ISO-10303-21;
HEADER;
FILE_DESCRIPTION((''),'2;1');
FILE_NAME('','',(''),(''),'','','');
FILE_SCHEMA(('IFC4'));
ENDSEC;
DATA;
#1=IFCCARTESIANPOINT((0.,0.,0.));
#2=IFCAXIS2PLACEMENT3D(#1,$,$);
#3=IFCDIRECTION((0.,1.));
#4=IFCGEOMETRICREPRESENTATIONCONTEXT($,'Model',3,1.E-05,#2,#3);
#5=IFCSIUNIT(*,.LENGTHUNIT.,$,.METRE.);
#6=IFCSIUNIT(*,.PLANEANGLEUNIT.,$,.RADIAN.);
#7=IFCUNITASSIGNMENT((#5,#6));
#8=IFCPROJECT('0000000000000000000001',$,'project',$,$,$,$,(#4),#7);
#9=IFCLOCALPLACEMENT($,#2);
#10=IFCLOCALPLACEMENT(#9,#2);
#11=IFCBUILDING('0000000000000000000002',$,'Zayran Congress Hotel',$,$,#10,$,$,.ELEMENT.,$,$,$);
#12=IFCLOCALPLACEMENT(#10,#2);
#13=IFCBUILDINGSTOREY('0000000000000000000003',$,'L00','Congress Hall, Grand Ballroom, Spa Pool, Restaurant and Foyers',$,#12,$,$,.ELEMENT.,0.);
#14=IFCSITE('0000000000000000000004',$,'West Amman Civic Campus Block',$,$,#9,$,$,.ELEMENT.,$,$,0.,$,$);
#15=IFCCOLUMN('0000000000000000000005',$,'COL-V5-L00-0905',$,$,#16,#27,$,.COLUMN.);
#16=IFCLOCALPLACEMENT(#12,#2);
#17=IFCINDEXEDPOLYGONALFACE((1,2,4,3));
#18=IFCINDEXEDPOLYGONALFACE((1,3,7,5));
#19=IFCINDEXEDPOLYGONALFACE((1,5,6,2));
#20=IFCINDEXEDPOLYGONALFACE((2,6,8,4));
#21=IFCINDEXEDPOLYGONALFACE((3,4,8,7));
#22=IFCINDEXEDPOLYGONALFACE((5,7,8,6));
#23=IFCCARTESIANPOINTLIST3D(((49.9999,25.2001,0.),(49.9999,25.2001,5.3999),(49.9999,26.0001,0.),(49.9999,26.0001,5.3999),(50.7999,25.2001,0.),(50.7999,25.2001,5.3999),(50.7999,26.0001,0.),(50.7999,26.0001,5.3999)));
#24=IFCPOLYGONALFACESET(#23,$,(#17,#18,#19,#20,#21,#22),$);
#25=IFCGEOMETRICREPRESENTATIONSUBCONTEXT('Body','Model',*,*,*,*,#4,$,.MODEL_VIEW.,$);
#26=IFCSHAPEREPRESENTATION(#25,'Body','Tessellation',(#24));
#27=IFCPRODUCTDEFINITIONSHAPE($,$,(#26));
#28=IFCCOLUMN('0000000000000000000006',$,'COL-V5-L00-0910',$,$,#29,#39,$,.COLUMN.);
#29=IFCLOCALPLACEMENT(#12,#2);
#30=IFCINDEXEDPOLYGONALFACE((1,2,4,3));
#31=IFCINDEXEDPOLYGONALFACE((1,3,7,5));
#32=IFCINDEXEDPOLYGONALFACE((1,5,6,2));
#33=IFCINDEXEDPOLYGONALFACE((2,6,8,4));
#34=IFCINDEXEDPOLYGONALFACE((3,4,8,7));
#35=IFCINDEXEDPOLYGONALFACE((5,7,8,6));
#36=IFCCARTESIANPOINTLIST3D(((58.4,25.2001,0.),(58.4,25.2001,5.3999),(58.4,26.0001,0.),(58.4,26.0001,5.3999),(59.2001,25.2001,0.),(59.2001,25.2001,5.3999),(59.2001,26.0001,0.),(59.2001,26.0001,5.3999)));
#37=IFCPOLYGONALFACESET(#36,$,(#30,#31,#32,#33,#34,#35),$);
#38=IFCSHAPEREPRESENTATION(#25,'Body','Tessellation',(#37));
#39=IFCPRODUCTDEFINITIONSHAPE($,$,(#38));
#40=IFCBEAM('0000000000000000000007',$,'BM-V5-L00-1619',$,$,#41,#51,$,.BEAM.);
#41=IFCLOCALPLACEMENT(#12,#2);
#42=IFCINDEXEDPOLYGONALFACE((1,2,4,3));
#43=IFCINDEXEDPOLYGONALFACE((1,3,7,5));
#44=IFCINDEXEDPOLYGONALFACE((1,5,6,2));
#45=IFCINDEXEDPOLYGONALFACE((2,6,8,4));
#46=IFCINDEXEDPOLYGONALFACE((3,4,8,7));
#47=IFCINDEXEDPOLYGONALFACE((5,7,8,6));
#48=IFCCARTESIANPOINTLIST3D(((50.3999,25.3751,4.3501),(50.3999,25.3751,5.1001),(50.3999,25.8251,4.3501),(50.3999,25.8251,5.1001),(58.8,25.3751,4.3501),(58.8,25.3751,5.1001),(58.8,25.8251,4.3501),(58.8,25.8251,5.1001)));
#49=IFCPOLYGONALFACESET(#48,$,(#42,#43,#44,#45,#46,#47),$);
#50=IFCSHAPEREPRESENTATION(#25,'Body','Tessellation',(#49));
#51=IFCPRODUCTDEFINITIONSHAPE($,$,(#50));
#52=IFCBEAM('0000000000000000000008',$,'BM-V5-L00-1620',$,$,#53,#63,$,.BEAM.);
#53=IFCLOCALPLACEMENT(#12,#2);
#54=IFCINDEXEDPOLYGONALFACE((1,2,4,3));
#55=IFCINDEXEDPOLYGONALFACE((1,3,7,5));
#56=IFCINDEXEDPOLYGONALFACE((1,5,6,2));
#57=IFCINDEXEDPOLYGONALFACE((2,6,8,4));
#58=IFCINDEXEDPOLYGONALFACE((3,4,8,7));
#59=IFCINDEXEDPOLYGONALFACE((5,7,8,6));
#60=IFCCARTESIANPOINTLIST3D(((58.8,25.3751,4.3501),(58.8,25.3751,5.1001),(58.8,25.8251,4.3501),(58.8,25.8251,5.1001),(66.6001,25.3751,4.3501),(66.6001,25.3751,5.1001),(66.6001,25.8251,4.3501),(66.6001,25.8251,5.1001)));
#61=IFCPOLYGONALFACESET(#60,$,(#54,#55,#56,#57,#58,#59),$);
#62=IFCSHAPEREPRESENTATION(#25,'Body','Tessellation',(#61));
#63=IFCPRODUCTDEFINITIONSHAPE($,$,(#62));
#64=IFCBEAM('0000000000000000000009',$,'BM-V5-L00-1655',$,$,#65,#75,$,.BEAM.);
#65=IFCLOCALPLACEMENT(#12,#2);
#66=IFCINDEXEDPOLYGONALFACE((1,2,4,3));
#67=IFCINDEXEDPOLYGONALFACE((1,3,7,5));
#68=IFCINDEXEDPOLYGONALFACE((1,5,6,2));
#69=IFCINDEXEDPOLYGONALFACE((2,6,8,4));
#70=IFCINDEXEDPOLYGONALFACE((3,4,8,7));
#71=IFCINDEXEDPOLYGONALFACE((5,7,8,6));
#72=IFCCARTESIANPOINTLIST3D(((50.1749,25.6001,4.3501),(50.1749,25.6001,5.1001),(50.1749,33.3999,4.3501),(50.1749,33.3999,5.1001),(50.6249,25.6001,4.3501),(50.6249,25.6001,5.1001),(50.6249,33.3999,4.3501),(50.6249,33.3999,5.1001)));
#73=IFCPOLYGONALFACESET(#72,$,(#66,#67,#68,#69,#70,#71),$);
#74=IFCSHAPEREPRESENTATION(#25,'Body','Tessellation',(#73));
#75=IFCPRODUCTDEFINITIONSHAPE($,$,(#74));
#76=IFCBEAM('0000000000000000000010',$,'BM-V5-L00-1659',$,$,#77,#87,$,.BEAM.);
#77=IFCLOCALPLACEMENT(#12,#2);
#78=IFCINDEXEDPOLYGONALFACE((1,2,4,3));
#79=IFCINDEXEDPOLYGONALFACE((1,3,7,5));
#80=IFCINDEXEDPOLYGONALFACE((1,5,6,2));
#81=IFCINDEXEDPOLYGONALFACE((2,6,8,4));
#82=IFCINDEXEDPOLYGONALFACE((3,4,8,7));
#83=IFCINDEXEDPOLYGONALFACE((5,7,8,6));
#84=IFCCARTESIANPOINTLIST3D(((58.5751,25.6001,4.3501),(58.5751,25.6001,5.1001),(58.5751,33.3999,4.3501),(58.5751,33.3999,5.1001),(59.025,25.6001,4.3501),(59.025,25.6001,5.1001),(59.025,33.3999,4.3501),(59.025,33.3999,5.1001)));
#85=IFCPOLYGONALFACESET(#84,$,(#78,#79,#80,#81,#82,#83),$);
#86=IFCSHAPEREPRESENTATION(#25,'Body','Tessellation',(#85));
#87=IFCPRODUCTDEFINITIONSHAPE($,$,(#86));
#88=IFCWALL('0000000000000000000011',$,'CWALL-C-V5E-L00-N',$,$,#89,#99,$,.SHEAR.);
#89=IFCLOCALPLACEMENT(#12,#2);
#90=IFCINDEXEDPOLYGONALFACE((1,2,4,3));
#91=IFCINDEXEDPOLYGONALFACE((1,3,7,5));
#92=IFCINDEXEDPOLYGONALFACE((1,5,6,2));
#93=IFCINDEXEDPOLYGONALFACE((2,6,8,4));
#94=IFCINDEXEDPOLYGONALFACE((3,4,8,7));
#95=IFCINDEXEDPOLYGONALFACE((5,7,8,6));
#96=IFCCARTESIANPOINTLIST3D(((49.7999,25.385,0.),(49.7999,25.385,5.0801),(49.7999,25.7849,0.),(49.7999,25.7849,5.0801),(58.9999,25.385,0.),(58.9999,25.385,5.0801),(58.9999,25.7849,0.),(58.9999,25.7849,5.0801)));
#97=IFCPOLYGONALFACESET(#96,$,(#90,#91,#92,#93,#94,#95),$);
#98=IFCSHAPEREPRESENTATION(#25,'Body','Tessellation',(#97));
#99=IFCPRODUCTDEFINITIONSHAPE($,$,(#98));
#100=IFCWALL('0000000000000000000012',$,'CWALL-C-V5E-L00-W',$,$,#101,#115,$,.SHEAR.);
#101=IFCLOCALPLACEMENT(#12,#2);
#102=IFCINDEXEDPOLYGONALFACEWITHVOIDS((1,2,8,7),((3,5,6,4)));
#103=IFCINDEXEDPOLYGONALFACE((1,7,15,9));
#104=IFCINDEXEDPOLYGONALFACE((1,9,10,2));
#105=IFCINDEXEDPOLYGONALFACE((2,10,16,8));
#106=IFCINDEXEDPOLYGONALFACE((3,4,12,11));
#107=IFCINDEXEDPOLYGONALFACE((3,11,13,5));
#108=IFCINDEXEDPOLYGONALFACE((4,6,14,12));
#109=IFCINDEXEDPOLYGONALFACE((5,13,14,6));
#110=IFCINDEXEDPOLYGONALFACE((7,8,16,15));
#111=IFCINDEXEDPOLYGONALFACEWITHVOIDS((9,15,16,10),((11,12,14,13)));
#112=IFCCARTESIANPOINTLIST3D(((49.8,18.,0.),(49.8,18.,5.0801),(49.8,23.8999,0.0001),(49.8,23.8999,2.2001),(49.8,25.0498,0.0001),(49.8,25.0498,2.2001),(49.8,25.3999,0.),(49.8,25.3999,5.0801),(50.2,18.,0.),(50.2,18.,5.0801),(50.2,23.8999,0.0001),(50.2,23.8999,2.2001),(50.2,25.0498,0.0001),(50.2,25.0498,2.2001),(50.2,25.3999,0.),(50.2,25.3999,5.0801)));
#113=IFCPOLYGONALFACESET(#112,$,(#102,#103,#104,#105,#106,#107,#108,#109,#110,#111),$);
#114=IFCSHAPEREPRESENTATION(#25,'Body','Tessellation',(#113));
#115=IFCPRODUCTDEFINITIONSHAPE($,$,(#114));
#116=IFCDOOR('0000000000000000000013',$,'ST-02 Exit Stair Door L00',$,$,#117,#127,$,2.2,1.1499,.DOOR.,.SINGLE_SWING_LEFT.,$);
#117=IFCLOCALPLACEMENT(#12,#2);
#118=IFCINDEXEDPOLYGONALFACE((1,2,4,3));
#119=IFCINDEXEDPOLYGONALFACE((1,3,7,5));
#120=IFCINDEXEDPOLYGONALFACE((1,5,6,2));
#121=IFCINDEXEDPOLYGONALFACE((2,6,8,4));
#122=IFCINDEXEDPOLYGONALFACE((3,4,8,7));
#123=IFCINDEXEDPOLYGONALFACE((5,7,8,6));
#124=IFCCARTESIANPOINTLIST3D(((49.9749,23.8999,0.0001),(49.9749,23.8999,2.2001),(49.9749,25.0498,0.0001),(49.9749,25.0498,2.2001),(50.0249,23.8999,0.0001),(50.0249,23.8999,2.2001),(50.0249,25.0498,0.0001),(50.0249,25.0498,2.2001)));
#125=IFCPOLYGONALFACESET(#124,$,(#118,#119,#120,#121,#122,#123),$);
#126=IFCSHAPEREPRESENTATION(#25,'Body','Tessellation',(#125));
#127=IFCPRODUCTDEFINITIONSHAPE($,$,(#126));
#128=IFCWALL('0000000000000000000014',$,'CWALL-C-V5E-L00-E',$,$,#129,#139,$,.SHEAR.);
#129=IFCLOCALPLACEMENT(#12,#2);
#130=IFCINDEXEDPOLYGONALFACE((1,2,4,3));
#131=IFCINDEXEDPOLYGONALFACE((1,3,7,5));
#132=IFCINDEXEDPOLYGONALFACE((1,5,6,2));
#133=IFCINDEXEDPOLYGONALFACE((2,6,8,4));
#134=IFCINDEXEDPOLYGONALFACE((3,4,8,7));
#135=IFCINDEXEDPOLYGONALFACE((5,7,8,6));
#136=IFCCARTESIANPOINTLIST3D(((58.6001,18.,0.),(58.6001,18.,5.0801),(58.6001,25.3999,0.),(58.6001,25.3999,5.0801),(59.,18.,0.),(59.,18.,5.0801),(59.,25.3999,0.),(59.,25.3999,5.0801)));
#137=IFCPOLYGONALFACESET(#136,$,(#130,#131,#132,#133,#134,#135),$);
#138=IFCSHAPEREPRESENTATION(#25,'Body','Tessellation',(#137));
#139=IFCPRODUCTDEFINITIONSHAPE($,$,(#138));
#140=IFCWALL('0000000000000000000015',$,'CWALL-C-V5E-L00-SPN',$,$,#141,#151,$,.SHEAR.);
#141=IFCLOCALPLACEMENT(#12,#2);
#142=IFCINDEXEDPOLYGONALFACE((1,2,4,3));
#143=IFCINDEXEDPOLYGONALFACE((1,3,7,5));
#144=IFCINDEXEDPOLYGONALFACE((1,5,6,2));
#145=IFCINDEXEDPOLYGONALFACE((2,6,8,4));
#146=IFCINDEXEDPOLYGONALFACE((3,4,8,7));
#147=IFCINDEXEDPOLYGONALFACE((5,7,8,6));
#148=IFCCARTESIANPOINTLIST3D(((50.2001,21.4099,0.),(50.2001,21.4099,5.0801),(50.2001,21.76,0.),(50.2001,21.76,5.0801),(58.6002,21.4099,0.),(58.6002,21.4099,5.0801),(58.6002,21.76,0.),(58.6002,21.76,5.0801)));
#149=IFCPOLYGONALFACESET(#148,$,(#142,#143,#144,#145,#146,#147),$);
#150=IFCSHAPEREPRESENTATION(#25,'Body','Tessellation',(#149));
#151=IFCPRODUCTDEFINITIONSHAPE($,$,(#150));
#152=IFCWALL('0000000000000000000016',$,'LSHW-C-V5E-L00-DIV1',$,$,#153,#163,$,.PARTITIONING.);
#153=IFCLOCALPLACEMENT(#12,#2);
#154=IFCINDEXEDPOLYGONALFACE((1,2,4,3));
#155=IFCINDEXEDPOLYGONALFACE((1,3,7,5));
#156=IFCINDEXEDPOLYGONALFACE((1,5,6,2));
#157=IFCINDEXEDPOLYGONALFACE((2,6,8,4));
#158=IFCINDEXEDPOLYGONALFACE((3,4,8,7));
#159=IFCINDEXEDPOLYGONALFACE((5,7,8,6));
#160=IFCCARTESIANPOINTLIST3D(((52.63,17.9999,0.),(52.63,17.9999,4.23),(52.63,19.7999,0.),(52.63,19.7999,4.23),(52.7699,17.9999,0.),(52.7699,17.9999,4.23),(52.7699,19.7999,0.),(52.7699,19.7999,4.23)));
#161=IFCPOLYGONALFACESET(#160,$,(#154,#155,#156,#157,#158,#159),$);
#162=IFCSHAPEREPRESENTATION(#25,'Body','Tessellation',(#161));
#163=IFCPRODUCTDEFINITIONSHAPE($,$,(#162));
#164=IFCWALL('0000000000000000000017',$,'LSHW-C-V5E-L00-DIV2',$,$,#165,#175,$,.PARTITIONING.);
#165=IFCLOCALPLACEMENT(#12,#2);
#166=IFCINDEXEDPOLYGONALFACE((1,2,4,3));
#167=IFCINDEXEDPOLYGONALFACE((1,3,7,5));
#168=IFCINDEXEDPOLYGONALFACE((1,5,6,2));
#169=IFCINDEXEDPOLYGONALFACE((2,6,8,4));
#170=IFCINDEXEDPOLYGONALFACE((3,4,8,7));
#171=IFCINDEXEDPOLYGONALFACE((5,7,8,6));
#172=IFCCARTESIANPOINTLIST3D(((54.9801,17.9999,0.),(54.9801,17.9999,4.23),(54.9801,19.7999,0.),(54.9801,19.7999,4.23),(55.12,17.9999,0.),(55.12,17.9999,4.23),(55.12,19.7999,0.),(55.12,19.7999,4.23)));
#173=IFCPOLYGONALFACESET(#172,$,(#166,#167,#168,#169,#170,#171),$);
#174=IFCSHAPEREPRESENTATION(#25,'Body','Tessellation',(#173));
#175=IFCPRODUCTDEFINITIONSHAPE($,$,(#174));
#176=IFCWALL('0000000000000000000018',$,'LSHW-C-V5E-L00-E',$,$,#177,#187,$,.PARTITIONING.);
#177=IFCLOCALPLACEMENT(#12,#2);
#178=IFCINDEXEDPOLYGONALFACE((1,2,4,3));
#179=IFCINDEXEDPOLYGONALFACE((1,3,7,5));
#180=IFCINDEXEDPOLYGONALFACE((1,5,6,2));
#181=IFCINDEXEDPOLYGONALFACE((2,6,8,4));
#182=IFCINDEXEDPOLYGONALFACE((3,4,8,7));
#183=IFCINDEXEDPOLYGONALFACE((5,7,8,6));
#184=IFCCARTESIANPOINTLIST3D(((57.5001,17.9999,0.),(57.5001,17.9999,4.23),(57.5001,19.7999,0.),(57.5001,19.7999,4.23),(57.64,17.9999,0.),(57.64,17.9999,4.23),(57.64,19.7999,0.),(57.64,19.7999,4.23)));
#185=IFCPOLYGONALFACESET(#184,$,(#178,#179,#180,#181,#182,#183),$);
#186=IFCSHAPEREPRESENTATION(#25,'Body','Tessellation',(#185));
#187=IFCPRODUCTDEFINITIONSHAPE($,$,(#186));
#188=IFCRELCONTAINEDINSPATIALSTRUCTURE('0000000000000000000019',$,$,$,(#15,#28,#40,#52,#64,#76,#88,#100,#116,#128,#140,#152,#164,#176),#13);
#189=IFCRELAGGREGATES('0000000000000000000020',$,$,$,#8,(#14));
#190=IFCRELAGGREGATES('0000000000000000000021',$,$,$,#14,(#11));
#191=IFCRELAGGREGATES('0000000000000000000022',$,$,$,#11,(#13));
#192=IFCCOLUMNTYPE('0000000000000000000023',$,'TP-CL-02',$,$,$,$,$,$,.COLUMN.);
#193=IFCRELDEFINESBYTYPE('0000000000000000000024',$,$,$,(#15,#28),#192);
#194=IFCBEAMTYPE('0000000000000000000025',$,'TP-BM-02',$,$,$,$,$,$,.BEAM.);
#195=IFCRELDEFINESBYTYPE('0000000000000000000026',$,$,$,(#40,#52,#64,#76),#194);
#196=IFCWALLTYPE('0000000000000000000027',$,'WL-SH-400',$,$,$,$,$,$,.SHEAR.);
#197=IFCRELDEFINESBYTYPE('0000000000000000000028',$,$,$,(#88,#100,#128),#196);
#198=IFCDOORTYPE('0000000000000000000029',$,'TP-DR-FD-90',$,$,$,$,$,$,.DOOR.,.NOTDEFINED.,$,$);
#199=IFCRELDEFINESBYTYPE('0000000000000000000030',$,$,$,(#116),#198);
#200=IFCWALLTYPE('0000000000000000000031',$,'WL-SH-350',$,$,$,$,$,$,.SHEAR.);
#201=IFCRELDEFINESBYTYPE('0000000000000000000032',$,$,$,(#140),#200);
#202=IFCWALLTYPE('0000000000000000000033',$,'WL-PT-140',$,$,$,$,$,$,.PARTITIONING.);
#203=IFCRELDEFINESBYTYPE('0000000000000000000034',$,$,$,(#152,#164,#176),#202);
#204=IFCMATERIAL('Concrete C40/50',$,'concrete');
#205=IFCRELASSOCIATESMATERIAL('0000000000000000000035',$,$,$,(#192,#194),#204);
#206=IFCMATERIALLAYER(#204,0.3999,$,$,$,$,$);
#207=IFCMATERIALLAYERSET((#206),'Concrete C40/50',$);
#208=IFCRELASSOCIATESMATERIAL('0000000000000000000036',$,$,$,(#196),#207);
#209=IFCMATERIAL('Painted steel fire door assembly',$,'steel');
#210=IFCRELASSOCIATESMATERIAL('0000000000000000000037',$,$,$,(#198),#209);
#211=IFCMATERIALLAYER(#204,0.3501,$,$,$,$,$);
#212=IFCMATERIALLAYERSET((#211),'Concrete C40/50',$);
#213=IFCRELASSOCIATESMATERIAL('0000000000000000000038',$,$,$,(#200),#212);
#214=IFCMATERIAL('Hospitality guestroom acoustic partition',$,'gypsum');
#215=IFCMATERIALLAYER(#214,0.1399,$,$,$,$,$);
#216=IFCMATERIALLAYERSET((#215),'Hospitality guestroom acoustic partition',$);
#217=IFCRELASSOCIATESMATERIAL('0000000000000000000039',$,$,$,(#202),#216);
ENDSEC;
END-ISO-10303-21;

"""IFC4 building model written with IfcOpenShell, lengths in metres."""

from ifc_helpers import new_model, si_unit, direction, frame, frame_2d, origin, origin_2d, place, context, subcontext, project, spatial, rectangle, extrude, material, layer, layer_set, material_profile, profile_set, type_object, element, fill, save


model = new_model("IFC4")

# Units and contexts
model_context = context("Model", 3, precision=1e-05, world=origin(), true_north=direction((0.0, 1.0)))
body_context = subcontext(model_context, "Body", "Model", "MODEL_VIEW")
ifc_project = project(units=[si_unit("LENGTHUNIT", "METRE"), si_unit("PLANEANGLEUNIT", "RADIAN")], contexts=[model_context])

# Site, building, storey
site_placement = place(None, origin())
site = spatial("IfcSite", under=ifc_project, at=site_placement, Name="West Amman Civic Campus Block", CompositionType="ELEMENT", RefElevation=0.0)
building_placement = place(site_placement, origin())
building = spatial("IfcBuilding", under=site, at=building_placement, Name="Zayran Congress Hotel", CompositionType="ELEMENT")
storey_placement = place(building_placement, origin())
storey = spatial("IfcBuildingStorey", under=building, at=storey_placement, Name="L00", Description="Congress Hall, Grand Ballroom, Spa Pool, Restaurant and Foyers", CompositionType="ELEMENT", Elevation=0.0)

# Columns
ifc_material_1 = material(Name="Concrete C40/50", Category="concrete")
ifc_material_profile_1 = material_profile(ifc_material_1, rectangle(XDim=0.8, YDim=0.8, at=origin_2d()), Name="RC 800x800")
ifc_profile_set_1 = profile_set([ifc_material_profile_1], Name="Concrete C40/50")
column_type = type_object("IfcColumnType", Name="TP-CL-02", PredefinedType="COLUMN", material=ifc_profile_set_1)
for number, where, z_axis, x_axis, name in (
    (1, (50.3999, 25.6001, 0.0), (0.0, 0.0, 1.0), (1.0, 0.0, 0.0), "COL-V5-L00-0905"),
    (2, (58.8, 25.6001, 0.0), (0.0, 0.0, 1.0), (1.0, 0.0, 0.0), "COL-V5-L00-0910"),
):
    element("IfcColumn", number, at=place(storey_placement, frame(where, z_axis=z_axis, x_axis=x_axis)), inside=storey, type_object=column_type, Name=name, PredefinedType="COLUMN", context=body_context, shape_type="SweptSolid", body=[
        extrude(rectangle(XDim=0.8, YDim=0.8, at=origin_2d()), origin(), (0.0, 0.0, 1.0), 5.3999),
    ])

# Beams
ifc_material_profile_2 = material_profile(ifc_material_1, rectangle(XDim=0.45, YDim=0.75, at=origin_2d()), Name="RC 450x750")
ifc_profile_set_2 = profile_set([ifc_material_profile_2], Name="Concrete C40/50")
beam_type = type_object("IfcBeamType", Name="TP-BM-02", PredefinedType="BEAM", material=ifc_profile_set_2)
beam_1_placement = place(storey_placement, frame((50.3999, 25.6001, 4.7251), z_axis=(1.0, 0.0, 0.0), x_axis=(0.0, 1.0, 0.0)))
element("IfcBeam", 3, at=beam_1_placement, inside=storey, type_object=beam_type, Name="BM-V5-L00-1619", PredefinedType="BEAM", context=body_context, shape_type="SweptSolid", body=[
    extrude(rectangle(XDim=0.45, YDim=0.75, at=origin_2d()), origin(), (0.0, 0.0, 1.0), 8.4001),
])
beam_2_placement = place(storey_placement, frame((58.8, 25.6001, 4.7251), z_axis=(1.0, 0.0, 0.0), x_axis=(0.0, 1.0, 0.0)))
element("IfcBeam", 4, at=beam_2_placement, inside=storey, type_object=beam_type, Name="BM-V5-L00-1620", PredefinedType="BEAM", context=body_context, shape_type="SweptSolid", body=[
    extrude(rectangle(XDim=0.45, YDim=0.75, at=origin_2d()), origin(), (0.0, 0.0, 1.0), 7.8),
])
for number, where, z_axis, x_axis, name in (
    (5, (50.3999, 25.6001, 4.7251), (0.0, 1.0, 0.0), (-1.0, 0.0, 0.0), "BM-V5-L00-1655"),
    (6, (58.8, 25.6001, 4.7251), (0.0, 1.0, 0.0), (-1.0, 0.0, 0.0), "BM-V5-L00-1659"),
):
    element("IfcBeam", number, at=place(storey_placement, frame(where, z_axis=z_axis, x_axis=x_axis)), inside=storey, type_object=beam_type, Name=name, PredefinedType="BEAM", context=body_context, shape_type="SweptSolid", body=[
        extrude(rectangle(XDim=0.45, YDim=0.75, at=origin_2d()), origin(), (0.0, 0.0, 1.0), 7.7998),
    ])

# Wall
ifc_layer_1 = layer(ifc_material_1, 0.3999)
ifc_layer_set_1 = layer_set([ifc_layer_1], Name="Concrete C40/50")
wall_type_1 = type_object("IfcWallType", Name="WL-SH-400", PredefinedType="SHEAR", material=ifc_layer_set_1)
wall_1_placement = place(storey_placement, frame((59.0, 25.585, 0.0), z_axis=(0.0, 0.0, 1.0), x_axis=(-1.0, 0.0, 0.0)))
element("IfcWall", 7, at=wall_1_placement, inside=storey, type_object=wall_type_1, Name="CWALL-C-V5E-L00-N", PredefinedType="SHEAR", context=body_context, shape_type="SweptSolid", body=[
    extrude(rectangle(XDim=9.2, YDim=0.3999, at=frame_2d((4.6001, 0.0))), origin(), (0.0, 0.0, 1.0), 5.0801),
])

# Wall, opening, door
wall_2_placement = place(storey_placement, frame((50.0, 25.3999, 0.0), z_axis=(0.0, 0.0, 1.0), x_axis=(0.0, -1.0, 0.0)))
wall_2 = element("IfcWall", 8, at=wall_2_placement, inside=storey, type_object=wall_type_1, Name="CWALL-C-V5E-L00-W", PredefinedType="SHEAR", context=body_context, shape_type="SweptSolid", body=[
    extrude(rectangle(XDim=7.3999, YDim=0.3999, at=frame_2d((3.7, 0.0))), origin(), (0.0, 0.0, 1.0), 5.0801),
])
opening_1_placement = place(wall_2_placement, frame((0.3501, 0.0, 0.0)))
opening_1 = element("IfcOpeningElement", 9, at=opening_1_placement, cuts=wall_2, PredefinedType="OPENING", context=body_context, shape_type="SweptSolid", body=[
    extrude(rectangle(XDim=1.1499, YDim=2.2, at=frame_2d((0.575, 1.1001))), frame((0.0, 0.21, 0.0), z_axis=(0.0, -1.0, 0.0), x_axis=(1.0, 0.0, 0.0)), (0.0, 0.0, 1.0), 0.4199),
])
ifc_material_2 = material(Name="Painted steel fire door assembly", Category="steel")
door_type_1 = type_object("IfcDoorType", Name="TP-DR-FD-90", OperationType="NOTDEFINED", PredefinedType="DOOR", material=ifc_material_2)
door_1_placement = place(opening_1_placement, origin())
door_1 = element("IfcDoor", 10, at=door_1_placement, inside=storey, type_object=door_type_1, Name="ST-02 Exit Stair Door L00", OperationType="SINGLE_SWING_LEFT", OverallHeight=2.2, OverallWidth=1.1499, PredefinedType="DOOR", context=body_context, shape_type="SweptSolid", body=[
    extrude(rectangle(XDim=1.1499, YDim=2.2, at=frame_2d((0.575, 1.1001))), frame((0.0, 0.0249, 0.0), z_axis=(0.0, -1.0, 0.0), x_axis=(1.0, 0.0, 0.0)), (0.0, 0.0, 1.0), 0.05),
])
fill(opening_1, door_1)

# Walls
wall_3_placement = place(storey_placement, frame((58.8, 18.0, 0.0), z_axis=(0.0, 0.0, 1.0), x_axis=(0.0, 1.0, 0.0)))
element("IfcWall", 11, at=wall_3_placement, inside=storey, type_object=wall_type_1, Name="CWALL-C-V5E-L00-E", PredefinedType="SHEAR", context=body_context, shape_type="SweptSolid", body=[
    extrude(rectangle(XDim=7.3999, YDim=0.3999, at=frame_2d((3.7, 0.0))), origin(), (0.0, 0.0, 1.0), 5.0801),
])
ifc_layer_2 = layer(ifc_material_1, 0.3501)
ifc_layer_set_2 = layer_set([ifc_layer_2], Name="Concrete C40/50")
wall_type_2 = type_object("IfcWallType", Name="WL-SH-350", PredefinedType="SHEAR", material=ifc_layer_set_2)
wall_4_placement = place(storey_placement, frame((50.2, 21.585, 0.0), z_axis=(0.0, 0.0, 1.0), x_axis=(1.0, 0.0, 0.0)))
element("IfcWall", 12, at=wall_4_placement, inside=storey, type_object=wall_type_2, Name="CWALL-C-V5E-L00-SPN", PredefinedType="SHEAR", context=body_context, shape_type="SweptSolid", body=[
    extrude(rectangle(XDim=8.4001, YDim=0.3501, at=frame_2d((4.2002, 0.0))), origin(), (0.0, 0.0, 1.0), 5.0801),
])
ifc_material_3 = material(Name="Hospitality guestroom acoustic partition", Category="gypsum")
ifc_layer_3 = layer(ifc_material_3, 0.1399)
ifc_layer_set_3 = layer_set([ifc_layer_3], Name="Hospitality guestroom acoustic partition")
wall_type_3 = type_object("IfcWallType", Name="WL-PT-140", PredefinedType="PARTITIONING", material=ifc_layer_set_3)
for number, where, z_axis, x_axis, name in (
    (13, (52.7, 18.0, 0.0), (0.0, 0.0, 1.0), (0.0, 1.0, 0.0), "LSHW-C-V5E-L00-DIV1"),
    (14, (55.05, 18.0, 0.0), (0.0, 0.0, 1.0), (0.0, 1.0, 0.0), "LSHW-C-V5E-L00-DIV2"),
    (15, (57.5701, 18.0, 0.0), (0.0, 0.0, 1.0), (0.0, 1.0, 0.0), "LSHW-C-V5E-L00-E"),
):
    element("IfcWall", number, at=place(storey_placement, frame(where, z_axis=z_axis, x_axis=x_axis)), inside=storey, type_object=wall_type_3, Name=name, PredefinedType="PARTITIONING", context=body_context, shape_type="SweptSolid", body=[
        extrude(rectangle(XDim=1.8, YDim=0.1399, at=frame_2d((0.8999, 0.0))), origin(), (0.0, 0.0, 1.0), 4.23),
    ])

save(model, "model.ifc")
